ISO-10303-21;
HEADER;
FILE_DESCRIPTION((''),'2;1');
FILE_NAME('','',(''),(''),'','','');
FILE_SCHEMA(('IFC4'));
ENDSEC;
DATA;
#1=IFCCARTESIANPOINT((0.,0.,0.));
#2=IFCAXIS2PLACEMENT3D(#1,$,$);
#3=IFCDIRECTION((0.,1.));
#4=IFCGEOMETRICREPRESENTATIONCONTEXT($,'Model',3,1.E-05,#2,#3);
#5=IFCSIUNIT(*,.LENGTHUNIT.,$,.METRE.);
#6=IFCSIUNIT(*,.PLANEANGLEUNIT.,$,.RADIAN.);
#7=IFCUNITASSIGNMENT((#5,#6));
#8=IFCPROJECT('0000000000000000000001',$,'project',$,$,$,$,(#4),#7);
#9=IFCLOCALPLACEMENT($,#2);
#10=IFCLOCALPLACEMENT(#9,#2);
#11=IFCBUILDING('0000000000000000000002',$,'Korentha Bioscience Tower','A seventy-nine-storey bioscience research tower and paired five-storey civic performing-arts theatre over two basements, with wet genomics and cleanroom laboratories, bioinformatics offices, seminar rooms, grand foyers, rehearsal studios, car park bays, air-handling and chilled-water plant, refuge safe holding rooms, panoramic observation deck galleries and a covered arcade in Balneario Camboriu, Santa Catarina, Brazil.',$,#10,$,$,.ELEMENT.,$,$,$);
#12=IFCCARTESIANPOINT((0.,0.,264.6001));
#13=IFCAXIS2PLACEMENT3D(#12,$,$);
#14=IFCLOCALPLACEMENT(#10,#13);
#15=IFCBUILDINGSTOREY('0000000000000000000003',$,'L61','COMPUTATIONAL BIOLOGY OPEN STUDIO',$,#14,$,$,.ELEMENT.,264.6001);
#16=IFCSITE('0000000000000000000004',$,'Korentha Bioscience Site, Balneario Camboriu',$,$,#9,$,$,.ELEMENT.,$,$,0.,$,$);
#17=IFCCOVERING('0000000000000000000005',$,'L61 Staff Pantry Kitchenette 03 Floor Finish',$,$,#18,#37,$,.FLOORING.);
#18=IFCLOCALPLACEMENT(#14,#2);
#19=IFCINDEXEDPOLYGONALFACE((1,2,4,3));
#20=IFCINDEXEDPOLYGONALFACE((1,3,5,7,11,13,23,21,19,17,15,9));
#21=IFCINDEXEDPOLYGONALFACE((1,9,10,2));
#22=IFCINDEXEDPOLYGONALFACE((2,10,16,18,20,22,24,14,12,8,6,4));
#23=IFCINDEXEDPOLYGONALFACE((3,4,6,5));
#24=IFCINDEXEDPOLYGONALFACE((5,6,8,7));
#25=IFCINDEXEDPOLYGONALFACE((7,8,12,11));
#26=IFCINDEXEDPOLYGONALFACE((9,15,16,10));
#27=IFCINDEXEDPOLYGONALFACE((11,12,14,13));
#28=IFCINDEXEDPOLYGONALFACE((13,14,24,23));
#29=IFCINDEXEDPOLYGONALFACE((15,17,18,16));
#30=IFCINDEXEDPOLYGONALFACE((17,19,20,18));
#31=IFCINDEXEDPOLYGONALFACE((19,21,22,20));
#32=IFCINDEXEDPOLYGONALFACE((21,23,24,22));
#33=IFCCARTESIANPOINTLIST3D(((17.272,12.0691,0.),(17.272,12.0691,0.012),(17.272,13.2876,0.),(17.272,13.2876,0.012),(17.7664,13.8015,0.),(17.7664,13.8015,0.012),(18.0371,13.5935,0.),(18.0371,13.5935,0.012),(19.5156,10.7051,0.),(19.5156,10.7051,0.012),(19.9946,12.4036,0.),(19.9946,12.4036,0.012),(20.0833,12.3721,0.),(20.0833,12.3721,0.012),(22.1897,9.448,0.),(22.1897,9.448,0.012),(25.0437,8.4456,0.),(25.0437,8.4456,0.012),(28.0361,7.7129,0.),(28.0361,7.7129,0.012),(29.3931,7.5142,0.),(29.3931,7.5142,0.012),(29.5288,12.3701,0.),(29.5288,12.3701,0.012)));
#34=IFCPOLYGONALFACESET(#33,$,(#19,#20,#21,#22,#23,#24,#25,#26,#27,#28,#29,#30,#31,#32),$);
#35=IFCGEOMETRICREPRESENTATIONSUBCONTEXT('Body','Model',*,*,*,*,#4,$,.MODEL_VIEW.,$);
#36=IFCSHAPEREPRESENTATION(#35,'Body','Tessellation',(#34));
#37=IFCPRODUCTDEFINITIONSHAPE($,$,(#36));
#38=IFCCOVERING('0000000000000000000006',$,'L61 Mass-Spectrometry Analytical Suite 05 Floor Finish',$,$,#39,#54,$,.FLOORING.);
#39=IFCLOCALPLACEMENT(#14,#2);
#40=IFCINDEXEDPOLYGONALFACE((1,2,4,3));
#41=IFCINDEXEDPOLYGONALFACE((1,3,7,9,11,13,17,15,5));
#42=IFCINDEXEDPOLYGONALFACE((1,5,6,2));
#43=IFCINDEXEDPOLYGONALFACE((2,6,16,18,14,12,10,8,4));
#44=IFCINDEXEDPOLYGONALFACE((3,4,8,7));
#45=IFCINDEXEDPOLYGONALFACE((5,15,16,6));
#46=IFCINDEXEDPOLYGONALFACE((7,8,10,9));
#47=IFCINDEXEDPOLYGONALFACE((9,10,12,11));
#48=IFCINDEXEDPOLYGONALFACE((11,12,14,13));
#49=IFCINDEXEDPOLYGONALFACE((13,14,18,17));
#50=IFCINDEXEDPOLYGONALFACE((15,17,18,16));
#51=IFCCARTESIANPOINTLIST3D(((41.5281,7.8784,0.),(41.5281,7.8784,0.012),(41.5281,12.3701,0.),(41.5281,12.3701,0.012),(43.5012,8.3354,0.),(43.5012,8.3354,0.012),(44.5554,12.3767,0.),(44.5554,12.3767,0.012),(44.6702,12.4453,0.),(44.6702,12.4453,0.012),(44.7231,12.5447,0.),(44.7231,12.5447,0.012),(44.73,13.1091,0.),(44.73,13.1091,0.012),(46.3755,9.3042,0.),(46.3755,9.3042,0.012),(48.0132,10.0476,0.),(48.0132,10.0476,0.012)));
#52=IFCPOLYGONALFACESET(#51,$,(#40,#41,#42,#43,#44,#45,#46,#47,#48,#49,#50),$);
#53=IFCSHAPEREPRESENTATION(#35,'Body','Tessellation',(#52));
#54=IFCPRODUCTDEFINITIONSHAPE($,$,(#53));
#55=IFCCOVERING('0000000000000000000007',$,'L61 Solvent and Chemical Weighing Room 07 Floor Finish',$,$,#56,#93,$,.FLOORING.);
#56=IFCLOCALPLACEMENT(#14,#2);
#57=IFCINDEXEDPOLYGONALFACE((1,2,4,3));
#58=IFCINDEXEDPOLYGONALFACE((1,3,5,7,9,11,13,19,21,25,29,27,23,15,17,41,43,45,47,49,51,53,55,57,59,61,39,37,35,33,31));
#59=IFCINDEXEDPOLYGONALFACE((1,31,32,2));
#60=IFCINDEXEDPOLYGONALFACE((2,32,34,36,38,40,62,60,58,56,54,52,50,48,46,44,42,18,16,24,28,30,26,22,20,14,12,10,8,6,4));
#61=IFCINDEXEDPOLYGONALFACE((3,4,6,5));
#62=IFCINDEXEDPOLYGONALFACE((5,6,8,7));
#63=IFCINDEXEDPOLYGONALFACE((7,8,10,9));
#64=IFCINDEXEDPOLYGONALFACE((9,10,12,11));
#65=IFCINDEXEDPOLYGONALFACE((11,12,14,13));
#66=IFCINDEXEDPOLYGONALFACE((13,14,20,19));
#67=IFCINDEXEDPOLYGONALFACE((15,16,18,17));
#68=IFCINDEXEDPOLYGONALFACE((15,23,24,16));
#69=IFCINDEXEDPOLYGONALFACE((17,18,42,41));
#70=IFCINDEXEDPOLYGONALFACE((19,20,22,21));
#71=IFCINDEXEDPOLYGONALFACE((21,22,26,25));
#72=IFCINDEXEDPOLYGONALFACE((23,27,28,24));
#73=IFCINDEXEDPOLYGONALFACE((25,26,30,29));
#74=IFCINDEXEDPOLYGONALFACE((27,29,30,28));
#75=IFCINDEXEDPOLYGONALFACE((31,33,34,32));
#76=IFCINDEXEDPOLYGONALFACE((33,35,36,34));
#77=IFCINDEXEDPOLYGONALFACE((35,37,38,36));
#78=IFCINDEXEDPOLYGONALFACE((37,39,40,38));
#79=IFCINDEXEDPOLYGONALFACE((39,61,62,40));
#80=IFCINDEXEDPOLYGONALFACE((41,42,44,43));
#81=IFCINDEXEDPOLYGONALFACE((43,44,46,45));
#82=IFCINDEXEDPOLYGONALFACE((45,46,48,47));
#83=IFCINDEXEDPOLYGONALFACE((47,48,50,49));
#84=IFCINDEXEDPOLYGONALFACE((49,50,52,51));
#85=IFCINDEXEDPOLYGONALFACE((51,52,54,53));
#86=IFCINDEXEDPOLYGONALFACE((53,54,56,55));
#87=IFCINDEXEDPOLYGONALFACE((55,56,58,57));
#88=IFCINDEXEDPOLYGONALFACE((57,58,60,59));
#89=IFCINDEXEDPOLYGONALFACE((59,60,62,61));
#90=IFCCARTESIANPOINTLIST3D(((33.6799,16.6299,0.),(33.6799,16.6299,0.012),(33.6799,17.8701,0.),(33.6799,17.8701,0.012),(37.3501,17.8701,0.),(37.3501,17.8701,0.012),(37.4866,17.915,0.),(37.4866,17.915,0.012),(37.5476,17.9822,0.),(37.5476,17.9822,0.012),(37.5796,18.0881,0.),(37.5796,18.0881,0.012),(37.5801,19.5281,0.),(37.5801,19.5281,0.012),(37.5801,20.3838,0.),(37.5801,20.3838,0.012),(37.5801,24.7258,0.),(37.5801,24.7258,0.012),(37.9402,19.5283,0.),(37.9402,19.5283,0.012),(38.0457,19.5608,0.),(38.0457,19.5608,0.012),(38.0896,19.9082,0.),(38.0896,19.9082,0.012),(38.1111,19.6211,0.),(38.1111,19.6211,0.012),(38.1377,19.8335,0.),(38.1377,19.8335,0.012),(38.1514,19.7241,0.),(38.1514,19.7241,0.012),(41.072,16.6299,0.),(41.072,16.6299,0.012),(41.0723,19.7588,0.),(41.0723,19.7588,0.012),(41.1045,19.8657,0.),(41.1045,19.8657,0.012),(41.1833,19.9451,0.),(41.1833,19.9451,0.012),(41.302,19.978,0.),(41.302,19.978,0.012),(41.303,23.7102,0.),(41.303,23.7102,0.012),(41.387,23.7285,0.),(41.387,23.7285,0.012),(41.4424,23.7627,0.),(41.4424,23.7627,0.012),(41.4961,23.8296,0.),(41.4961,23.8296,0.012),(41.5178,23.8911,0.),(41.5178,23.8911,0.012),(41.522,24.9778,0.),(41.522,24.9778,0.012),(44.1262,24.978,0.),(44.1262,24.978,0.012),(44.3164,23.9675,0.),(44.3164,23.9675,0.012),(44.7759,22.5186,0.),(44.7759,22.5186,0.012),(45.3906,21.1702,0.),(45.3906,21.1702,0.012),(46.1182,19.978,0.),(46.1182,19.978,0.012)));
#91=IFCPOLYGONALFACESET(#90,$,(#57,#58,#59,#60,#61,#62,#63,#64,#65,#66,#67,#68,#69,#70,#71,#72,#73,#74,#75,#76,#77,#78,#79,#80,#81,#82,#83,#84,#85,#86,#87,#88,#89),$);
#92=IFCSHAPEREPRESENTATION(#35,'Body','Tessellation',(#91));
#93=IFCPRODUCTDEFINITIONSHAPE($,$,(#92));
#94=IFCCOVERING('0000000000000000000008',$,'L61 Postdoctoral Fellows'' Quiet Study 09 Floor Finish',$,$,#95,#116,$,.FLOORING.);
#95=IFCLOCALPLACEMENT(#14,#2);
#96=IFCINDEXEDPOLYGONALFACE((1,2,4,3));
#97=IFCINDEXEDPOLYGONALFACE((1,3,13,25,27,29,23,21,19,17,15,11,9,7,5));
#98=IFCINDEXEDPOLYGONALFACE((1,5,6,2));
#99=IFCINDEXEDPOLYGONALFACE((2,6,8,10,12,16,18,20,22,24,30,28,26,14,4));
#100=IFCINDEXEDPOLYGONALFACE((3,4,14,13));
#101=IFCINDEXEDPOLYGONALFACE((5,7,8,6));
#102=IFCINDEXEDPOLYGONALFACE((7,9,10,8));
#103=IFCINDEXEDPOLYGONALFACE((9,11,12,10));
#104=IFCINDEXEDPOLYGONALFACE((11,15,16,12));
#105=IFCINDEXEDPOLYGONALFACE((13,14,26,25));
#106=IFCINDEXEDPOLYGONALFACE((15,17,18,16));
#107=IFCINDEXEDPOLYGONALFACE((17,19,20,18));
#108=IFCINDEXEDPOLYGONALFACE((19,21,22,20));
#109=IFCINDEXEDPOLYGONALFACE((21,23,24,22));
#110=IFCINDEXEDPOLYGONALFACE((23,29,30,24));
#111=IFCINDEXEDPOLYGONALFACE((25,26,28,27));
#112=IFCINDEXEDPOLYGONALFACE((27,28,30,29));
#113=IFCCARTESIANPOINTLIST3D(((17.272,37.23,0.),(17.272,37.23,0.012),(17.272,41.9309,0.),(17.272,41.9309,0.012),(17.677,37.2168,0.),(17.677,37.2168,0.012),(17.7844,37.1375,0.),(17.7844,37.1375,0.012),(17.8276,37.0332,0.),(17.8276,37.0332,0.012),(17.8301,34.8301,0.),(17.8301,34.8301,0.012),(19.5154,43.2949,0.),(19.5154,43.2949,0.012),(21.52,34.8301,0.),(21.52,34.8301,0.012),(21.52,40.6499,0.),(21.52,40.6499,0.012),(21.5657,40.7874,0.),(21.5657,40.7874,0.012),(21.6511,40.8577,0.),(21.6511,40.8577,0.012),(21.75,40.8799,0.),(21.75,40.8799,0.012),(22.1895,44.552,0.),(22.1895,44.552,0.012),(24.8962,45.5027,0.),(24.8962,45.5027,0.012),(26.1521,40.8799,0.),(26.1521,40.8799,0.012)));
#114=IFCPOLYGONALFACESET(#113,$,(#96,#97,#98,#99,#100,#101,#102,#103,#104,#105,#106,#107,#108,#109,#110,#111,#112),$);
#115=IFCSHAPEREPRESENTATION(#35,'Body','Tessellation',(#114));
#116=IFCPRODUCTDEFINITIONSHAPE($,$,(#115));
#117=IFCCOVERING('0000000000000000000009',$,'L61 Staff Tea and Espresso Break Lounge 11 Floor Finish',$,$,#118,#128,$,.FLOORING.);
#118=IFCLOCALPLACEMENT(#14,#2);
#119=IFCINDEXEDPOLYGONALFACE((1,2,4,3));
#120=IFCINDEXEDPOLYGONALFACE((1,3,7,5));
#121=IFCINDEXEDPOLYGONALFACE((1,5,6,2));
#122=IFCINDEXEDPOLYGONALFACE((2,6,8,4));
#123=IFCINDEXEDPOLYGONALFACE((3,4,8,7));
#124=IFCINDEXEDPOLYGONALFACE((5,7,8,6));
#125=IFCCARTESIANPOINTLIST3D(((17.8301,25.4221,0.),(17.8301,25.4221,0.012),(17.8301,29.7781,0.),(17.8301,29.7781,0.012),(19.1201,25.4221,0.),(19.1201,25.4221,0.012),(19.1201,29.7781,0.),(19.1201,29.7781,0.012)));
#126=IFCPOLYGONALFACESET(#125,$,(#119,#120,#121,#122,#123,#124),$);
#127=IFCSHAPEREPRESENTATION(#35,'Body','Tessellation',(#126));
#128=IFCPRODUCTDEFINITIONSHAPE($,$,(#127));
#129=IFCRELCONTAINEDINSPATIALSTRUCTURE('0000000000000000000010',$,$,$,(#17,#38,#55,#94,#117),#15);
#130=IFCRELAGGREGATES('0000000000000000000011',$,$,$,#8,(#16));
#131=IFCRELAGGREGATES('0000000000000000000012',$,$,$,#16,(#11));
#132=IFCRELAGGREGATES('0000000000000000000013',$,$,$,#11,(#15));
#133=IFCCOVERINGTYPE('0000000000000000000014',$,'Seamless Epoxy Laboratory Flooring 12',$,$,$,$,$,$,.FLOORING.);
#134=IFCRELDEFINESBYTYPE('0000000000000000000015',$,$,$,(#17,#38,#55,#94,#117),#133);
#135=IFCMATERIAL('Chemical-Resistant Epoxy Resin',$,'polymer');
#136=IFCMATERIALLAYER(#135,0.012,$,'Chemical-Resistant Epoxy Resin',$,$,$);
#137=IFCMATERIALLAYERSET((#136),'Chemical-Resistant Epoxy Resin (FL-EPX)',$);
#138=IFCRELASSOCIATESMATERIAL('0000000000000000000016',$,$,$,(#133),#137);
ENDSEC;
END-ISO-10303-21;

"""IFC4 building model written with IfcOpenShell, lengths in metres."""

from ifc_helpers import new_model, si_unit, direction, frame, origin, place, context, subcontext, project, spatial, polyline, outline, extrude, material, layer, layer_set, type_object, element, save


model = new_model("IFC4")

# Units and contexts
model_context = context("Model", 3, precision=1e-05, world=origin(), true_north=direction((0.0, 1.0)))
body_context = subcontext(model_context, "Body", "Model", "MODEL_VIEW")
ifc_project = project(units=[si_unit("LENGTHUNIT", "METRE"), si_unit("PLANEANGLEUNIT", "RADIAN")], contexts=[model_context])

# Site, building, storey
site_placement = place(None, origin())
site = spatial("IfcSite", under=ifc_project, at=site_placement, Name="Korentha Bioscience Site, Balneario Camboriu", CompositionType="ELEMENT", RefElevation=0.0)
building_placement = place(site_placement, origin())
building = spatial("IfcBuilding", under=site, at=building_placement, Name="Korentha Bioscience Tower", Description="A seventy-nine-storey bioscience research tower and paired five-storey civic performing-arts theatre over two basements, with wet genomics and cleanroom laboratories, bioinformatics offices, seminar rooms, grand foyers, rehearsal studios, car park bays, air-handling and chilled-water plant, refuge safe holding rooms, panoramic observation deck galleries and a covered arcade in Balneario Camboriu, Santa Catarina, Brazil.", CompositionType="ELEMENT")
storey_placement = place(building_placement, frame((0.0, 0.0, 264.6001)))
storey = spatial("IfcBuildingStorey", under=building, at=storey_placement, Name="L61", Description="COMPUTATIONAL BIOLOGY OPEN STUDIO", CompositionType="ELEMENT", Elevation=264.6001)

# Coverings
ifc_material_1 = material(Name="Chemical-Resistant Epoxy Resin", Category="polymer")
ifc_layer_1 = layer(ifc_material_1, 0.012, Name="Chemical-Resistant Epoxy Resin")
ifc_layer_set_1 = layer_set([ifc_layer_1], Name="Chemical-Resistant Epoxy Resin (FL-EPX)")
covering_type_1 = type_object("IfcCoveringType", Name="Seamless Epoxy Laboratory Flooring 12", PredefinedType="FLOORING", material=ifc_layer_set_1)
covering_1_placement = place(storey_placement, origin())
element("IfcCovering", 1, at=covering_1_placement, inside=storey, type_object=covering_type_1, Name="L61 Staff Pantry Kitchenette 03 Floor Finish", PredefinedType="FLOORING", context=body_context, shape_type="SweptSolid", body=[
    extrude(outline(polyline([(17.7664, 13.8015), (18.0371, 13.5935), (19.9946, 12.4036), (20.0833, 12.3721), (29.5288, 12.3701), (29.3931, 7.5142), (28.0361, 7.7129), (25.0437, 8.4456), (22.1897, 9.448), (19.5156, 10.7051), (17.272, 12.0691), (17.272, 13.2876), (17.7664, 13.8015)])), origin(), (0.0, 0.0, 1.0), 0.012),
])
covering_2_placement = place(storey_placement, origin())
element("IfcCovering", 2, at=covering_2_placement, inside=storey, type_object=covering_type_1, Name="L61 Mass-Spectrometry Analytical Suite 05 Floor Finish", PredefinedType="FLOORING", context=body_context, shape_type="SweptSolid", body=[
    extrude(outline(polyline([(41.5281, 7.8784), (41.5281, 12.3701), (44.5554, 12.3767), (44.6702, 12.4453), (44.7231, 12.5447), (44.73, 13.1091), (48.0132, 10.0476), (46.3755, 9.3042), (43.5012, 8.3354), (41.5281, 7.8784)])), origin(), (0.0, 0.0, 1.0), 0.012),
])
covering_3_placement = place(storey_placement, origin())
element("IfcCovering", 3, at=covering_3_placement, inside=storey, type_object=covering_type_1, Name="L61 Solvent and Chemical Weighing Room 07 Floor Finish", PredefinedType="FLOORING", context=body_context, shape_type="SweptSolid", body=[
    extrude(outline(polyline([(37.9402, 19.5283), (38.0457, 19.5608), (38.1111, 19.6211), (38.1514, 19.7241), (38.1377, 19.8335), (38.0896, 19.9082), (37.5801, 20.3838), (37.5801, 24.7258), (41.303, 23.7102), (41.387, 23.7285), (41.4424, 23.7627), (41.4961, 23.8296), (41.5178, 23.8911), (41.522, 24.9778), (44.1262, 24.978), (44.3164, 23.9675), (44.7759, 22.5186), (45.3906, 21.1702), (46.1182, 19.978), (41.302, 19.978), (41.1833, 19.9451), (41.1045, 19.8657), (41.0723, 19.7588), (41.072, 16.6299), (33.6799, 16.6299), (33.6799, 17.8701), (37.3501, 17.8701), (37.4866, 17.915), (37.5476, 17.9822), (37.5796, 18.0881), (37.5801, 19.5281), (37.9402, 19.5283)])), origin(), (0.0, 0.0, 1.0), 0.012),
])
covering_4_placement = place(storey_placement, origin())
element("IfcCovering", 4, at=covering_4_placement, inside=storey, type_object=covering_type_1, Name="L61 Postdoctoral Fellows' Quiet Study 09 Floor Finish", PredefinedType="FLOORING", context=body_context, shape_type="SweptSolid", body=[
    extrude(outline(polyline([(17.272, 37.23), (17.272, 41.9309), (19.5154, 43.2949), (22.1895, 44.552), (24.8962, 45.5027), (26.1521, 40.8799), (21.75, 40.8799), (21.6511, 40.8577), (21.5657, 40.7874), (21.52, 40.6499), (21.52, 34.8301), (17.8301, 34.8301), (17.8276, 37.0332), (17.7844, 37.1375), (17.677, 37.2168), (17.272, 37.23)])), origin(), (0.0, 0.0, 1.0), 0.012),
])
covering_5_placement = place(storey_placement, origin())
element("IfcCovering", 5, at=covering_5_placement, inside=storey, type_object=covering_type_1, Name="L61 Staff Tea and Espresso Break Lounge 11 Floor Finish", PredefinedType="FLOORING", context=body_context, shape_type="SweptSolid", body=[
    extrude(outline(polyline([(17.8301, 25.4221), (17.8301, 29.7781), (19.1201, 29.7781), (19.1201, 25.4221), (17.8301, 25.4221)])), origin(), (0.0, 0.0, 1.0), 0.012),
])

save(model, "model.ifc")
